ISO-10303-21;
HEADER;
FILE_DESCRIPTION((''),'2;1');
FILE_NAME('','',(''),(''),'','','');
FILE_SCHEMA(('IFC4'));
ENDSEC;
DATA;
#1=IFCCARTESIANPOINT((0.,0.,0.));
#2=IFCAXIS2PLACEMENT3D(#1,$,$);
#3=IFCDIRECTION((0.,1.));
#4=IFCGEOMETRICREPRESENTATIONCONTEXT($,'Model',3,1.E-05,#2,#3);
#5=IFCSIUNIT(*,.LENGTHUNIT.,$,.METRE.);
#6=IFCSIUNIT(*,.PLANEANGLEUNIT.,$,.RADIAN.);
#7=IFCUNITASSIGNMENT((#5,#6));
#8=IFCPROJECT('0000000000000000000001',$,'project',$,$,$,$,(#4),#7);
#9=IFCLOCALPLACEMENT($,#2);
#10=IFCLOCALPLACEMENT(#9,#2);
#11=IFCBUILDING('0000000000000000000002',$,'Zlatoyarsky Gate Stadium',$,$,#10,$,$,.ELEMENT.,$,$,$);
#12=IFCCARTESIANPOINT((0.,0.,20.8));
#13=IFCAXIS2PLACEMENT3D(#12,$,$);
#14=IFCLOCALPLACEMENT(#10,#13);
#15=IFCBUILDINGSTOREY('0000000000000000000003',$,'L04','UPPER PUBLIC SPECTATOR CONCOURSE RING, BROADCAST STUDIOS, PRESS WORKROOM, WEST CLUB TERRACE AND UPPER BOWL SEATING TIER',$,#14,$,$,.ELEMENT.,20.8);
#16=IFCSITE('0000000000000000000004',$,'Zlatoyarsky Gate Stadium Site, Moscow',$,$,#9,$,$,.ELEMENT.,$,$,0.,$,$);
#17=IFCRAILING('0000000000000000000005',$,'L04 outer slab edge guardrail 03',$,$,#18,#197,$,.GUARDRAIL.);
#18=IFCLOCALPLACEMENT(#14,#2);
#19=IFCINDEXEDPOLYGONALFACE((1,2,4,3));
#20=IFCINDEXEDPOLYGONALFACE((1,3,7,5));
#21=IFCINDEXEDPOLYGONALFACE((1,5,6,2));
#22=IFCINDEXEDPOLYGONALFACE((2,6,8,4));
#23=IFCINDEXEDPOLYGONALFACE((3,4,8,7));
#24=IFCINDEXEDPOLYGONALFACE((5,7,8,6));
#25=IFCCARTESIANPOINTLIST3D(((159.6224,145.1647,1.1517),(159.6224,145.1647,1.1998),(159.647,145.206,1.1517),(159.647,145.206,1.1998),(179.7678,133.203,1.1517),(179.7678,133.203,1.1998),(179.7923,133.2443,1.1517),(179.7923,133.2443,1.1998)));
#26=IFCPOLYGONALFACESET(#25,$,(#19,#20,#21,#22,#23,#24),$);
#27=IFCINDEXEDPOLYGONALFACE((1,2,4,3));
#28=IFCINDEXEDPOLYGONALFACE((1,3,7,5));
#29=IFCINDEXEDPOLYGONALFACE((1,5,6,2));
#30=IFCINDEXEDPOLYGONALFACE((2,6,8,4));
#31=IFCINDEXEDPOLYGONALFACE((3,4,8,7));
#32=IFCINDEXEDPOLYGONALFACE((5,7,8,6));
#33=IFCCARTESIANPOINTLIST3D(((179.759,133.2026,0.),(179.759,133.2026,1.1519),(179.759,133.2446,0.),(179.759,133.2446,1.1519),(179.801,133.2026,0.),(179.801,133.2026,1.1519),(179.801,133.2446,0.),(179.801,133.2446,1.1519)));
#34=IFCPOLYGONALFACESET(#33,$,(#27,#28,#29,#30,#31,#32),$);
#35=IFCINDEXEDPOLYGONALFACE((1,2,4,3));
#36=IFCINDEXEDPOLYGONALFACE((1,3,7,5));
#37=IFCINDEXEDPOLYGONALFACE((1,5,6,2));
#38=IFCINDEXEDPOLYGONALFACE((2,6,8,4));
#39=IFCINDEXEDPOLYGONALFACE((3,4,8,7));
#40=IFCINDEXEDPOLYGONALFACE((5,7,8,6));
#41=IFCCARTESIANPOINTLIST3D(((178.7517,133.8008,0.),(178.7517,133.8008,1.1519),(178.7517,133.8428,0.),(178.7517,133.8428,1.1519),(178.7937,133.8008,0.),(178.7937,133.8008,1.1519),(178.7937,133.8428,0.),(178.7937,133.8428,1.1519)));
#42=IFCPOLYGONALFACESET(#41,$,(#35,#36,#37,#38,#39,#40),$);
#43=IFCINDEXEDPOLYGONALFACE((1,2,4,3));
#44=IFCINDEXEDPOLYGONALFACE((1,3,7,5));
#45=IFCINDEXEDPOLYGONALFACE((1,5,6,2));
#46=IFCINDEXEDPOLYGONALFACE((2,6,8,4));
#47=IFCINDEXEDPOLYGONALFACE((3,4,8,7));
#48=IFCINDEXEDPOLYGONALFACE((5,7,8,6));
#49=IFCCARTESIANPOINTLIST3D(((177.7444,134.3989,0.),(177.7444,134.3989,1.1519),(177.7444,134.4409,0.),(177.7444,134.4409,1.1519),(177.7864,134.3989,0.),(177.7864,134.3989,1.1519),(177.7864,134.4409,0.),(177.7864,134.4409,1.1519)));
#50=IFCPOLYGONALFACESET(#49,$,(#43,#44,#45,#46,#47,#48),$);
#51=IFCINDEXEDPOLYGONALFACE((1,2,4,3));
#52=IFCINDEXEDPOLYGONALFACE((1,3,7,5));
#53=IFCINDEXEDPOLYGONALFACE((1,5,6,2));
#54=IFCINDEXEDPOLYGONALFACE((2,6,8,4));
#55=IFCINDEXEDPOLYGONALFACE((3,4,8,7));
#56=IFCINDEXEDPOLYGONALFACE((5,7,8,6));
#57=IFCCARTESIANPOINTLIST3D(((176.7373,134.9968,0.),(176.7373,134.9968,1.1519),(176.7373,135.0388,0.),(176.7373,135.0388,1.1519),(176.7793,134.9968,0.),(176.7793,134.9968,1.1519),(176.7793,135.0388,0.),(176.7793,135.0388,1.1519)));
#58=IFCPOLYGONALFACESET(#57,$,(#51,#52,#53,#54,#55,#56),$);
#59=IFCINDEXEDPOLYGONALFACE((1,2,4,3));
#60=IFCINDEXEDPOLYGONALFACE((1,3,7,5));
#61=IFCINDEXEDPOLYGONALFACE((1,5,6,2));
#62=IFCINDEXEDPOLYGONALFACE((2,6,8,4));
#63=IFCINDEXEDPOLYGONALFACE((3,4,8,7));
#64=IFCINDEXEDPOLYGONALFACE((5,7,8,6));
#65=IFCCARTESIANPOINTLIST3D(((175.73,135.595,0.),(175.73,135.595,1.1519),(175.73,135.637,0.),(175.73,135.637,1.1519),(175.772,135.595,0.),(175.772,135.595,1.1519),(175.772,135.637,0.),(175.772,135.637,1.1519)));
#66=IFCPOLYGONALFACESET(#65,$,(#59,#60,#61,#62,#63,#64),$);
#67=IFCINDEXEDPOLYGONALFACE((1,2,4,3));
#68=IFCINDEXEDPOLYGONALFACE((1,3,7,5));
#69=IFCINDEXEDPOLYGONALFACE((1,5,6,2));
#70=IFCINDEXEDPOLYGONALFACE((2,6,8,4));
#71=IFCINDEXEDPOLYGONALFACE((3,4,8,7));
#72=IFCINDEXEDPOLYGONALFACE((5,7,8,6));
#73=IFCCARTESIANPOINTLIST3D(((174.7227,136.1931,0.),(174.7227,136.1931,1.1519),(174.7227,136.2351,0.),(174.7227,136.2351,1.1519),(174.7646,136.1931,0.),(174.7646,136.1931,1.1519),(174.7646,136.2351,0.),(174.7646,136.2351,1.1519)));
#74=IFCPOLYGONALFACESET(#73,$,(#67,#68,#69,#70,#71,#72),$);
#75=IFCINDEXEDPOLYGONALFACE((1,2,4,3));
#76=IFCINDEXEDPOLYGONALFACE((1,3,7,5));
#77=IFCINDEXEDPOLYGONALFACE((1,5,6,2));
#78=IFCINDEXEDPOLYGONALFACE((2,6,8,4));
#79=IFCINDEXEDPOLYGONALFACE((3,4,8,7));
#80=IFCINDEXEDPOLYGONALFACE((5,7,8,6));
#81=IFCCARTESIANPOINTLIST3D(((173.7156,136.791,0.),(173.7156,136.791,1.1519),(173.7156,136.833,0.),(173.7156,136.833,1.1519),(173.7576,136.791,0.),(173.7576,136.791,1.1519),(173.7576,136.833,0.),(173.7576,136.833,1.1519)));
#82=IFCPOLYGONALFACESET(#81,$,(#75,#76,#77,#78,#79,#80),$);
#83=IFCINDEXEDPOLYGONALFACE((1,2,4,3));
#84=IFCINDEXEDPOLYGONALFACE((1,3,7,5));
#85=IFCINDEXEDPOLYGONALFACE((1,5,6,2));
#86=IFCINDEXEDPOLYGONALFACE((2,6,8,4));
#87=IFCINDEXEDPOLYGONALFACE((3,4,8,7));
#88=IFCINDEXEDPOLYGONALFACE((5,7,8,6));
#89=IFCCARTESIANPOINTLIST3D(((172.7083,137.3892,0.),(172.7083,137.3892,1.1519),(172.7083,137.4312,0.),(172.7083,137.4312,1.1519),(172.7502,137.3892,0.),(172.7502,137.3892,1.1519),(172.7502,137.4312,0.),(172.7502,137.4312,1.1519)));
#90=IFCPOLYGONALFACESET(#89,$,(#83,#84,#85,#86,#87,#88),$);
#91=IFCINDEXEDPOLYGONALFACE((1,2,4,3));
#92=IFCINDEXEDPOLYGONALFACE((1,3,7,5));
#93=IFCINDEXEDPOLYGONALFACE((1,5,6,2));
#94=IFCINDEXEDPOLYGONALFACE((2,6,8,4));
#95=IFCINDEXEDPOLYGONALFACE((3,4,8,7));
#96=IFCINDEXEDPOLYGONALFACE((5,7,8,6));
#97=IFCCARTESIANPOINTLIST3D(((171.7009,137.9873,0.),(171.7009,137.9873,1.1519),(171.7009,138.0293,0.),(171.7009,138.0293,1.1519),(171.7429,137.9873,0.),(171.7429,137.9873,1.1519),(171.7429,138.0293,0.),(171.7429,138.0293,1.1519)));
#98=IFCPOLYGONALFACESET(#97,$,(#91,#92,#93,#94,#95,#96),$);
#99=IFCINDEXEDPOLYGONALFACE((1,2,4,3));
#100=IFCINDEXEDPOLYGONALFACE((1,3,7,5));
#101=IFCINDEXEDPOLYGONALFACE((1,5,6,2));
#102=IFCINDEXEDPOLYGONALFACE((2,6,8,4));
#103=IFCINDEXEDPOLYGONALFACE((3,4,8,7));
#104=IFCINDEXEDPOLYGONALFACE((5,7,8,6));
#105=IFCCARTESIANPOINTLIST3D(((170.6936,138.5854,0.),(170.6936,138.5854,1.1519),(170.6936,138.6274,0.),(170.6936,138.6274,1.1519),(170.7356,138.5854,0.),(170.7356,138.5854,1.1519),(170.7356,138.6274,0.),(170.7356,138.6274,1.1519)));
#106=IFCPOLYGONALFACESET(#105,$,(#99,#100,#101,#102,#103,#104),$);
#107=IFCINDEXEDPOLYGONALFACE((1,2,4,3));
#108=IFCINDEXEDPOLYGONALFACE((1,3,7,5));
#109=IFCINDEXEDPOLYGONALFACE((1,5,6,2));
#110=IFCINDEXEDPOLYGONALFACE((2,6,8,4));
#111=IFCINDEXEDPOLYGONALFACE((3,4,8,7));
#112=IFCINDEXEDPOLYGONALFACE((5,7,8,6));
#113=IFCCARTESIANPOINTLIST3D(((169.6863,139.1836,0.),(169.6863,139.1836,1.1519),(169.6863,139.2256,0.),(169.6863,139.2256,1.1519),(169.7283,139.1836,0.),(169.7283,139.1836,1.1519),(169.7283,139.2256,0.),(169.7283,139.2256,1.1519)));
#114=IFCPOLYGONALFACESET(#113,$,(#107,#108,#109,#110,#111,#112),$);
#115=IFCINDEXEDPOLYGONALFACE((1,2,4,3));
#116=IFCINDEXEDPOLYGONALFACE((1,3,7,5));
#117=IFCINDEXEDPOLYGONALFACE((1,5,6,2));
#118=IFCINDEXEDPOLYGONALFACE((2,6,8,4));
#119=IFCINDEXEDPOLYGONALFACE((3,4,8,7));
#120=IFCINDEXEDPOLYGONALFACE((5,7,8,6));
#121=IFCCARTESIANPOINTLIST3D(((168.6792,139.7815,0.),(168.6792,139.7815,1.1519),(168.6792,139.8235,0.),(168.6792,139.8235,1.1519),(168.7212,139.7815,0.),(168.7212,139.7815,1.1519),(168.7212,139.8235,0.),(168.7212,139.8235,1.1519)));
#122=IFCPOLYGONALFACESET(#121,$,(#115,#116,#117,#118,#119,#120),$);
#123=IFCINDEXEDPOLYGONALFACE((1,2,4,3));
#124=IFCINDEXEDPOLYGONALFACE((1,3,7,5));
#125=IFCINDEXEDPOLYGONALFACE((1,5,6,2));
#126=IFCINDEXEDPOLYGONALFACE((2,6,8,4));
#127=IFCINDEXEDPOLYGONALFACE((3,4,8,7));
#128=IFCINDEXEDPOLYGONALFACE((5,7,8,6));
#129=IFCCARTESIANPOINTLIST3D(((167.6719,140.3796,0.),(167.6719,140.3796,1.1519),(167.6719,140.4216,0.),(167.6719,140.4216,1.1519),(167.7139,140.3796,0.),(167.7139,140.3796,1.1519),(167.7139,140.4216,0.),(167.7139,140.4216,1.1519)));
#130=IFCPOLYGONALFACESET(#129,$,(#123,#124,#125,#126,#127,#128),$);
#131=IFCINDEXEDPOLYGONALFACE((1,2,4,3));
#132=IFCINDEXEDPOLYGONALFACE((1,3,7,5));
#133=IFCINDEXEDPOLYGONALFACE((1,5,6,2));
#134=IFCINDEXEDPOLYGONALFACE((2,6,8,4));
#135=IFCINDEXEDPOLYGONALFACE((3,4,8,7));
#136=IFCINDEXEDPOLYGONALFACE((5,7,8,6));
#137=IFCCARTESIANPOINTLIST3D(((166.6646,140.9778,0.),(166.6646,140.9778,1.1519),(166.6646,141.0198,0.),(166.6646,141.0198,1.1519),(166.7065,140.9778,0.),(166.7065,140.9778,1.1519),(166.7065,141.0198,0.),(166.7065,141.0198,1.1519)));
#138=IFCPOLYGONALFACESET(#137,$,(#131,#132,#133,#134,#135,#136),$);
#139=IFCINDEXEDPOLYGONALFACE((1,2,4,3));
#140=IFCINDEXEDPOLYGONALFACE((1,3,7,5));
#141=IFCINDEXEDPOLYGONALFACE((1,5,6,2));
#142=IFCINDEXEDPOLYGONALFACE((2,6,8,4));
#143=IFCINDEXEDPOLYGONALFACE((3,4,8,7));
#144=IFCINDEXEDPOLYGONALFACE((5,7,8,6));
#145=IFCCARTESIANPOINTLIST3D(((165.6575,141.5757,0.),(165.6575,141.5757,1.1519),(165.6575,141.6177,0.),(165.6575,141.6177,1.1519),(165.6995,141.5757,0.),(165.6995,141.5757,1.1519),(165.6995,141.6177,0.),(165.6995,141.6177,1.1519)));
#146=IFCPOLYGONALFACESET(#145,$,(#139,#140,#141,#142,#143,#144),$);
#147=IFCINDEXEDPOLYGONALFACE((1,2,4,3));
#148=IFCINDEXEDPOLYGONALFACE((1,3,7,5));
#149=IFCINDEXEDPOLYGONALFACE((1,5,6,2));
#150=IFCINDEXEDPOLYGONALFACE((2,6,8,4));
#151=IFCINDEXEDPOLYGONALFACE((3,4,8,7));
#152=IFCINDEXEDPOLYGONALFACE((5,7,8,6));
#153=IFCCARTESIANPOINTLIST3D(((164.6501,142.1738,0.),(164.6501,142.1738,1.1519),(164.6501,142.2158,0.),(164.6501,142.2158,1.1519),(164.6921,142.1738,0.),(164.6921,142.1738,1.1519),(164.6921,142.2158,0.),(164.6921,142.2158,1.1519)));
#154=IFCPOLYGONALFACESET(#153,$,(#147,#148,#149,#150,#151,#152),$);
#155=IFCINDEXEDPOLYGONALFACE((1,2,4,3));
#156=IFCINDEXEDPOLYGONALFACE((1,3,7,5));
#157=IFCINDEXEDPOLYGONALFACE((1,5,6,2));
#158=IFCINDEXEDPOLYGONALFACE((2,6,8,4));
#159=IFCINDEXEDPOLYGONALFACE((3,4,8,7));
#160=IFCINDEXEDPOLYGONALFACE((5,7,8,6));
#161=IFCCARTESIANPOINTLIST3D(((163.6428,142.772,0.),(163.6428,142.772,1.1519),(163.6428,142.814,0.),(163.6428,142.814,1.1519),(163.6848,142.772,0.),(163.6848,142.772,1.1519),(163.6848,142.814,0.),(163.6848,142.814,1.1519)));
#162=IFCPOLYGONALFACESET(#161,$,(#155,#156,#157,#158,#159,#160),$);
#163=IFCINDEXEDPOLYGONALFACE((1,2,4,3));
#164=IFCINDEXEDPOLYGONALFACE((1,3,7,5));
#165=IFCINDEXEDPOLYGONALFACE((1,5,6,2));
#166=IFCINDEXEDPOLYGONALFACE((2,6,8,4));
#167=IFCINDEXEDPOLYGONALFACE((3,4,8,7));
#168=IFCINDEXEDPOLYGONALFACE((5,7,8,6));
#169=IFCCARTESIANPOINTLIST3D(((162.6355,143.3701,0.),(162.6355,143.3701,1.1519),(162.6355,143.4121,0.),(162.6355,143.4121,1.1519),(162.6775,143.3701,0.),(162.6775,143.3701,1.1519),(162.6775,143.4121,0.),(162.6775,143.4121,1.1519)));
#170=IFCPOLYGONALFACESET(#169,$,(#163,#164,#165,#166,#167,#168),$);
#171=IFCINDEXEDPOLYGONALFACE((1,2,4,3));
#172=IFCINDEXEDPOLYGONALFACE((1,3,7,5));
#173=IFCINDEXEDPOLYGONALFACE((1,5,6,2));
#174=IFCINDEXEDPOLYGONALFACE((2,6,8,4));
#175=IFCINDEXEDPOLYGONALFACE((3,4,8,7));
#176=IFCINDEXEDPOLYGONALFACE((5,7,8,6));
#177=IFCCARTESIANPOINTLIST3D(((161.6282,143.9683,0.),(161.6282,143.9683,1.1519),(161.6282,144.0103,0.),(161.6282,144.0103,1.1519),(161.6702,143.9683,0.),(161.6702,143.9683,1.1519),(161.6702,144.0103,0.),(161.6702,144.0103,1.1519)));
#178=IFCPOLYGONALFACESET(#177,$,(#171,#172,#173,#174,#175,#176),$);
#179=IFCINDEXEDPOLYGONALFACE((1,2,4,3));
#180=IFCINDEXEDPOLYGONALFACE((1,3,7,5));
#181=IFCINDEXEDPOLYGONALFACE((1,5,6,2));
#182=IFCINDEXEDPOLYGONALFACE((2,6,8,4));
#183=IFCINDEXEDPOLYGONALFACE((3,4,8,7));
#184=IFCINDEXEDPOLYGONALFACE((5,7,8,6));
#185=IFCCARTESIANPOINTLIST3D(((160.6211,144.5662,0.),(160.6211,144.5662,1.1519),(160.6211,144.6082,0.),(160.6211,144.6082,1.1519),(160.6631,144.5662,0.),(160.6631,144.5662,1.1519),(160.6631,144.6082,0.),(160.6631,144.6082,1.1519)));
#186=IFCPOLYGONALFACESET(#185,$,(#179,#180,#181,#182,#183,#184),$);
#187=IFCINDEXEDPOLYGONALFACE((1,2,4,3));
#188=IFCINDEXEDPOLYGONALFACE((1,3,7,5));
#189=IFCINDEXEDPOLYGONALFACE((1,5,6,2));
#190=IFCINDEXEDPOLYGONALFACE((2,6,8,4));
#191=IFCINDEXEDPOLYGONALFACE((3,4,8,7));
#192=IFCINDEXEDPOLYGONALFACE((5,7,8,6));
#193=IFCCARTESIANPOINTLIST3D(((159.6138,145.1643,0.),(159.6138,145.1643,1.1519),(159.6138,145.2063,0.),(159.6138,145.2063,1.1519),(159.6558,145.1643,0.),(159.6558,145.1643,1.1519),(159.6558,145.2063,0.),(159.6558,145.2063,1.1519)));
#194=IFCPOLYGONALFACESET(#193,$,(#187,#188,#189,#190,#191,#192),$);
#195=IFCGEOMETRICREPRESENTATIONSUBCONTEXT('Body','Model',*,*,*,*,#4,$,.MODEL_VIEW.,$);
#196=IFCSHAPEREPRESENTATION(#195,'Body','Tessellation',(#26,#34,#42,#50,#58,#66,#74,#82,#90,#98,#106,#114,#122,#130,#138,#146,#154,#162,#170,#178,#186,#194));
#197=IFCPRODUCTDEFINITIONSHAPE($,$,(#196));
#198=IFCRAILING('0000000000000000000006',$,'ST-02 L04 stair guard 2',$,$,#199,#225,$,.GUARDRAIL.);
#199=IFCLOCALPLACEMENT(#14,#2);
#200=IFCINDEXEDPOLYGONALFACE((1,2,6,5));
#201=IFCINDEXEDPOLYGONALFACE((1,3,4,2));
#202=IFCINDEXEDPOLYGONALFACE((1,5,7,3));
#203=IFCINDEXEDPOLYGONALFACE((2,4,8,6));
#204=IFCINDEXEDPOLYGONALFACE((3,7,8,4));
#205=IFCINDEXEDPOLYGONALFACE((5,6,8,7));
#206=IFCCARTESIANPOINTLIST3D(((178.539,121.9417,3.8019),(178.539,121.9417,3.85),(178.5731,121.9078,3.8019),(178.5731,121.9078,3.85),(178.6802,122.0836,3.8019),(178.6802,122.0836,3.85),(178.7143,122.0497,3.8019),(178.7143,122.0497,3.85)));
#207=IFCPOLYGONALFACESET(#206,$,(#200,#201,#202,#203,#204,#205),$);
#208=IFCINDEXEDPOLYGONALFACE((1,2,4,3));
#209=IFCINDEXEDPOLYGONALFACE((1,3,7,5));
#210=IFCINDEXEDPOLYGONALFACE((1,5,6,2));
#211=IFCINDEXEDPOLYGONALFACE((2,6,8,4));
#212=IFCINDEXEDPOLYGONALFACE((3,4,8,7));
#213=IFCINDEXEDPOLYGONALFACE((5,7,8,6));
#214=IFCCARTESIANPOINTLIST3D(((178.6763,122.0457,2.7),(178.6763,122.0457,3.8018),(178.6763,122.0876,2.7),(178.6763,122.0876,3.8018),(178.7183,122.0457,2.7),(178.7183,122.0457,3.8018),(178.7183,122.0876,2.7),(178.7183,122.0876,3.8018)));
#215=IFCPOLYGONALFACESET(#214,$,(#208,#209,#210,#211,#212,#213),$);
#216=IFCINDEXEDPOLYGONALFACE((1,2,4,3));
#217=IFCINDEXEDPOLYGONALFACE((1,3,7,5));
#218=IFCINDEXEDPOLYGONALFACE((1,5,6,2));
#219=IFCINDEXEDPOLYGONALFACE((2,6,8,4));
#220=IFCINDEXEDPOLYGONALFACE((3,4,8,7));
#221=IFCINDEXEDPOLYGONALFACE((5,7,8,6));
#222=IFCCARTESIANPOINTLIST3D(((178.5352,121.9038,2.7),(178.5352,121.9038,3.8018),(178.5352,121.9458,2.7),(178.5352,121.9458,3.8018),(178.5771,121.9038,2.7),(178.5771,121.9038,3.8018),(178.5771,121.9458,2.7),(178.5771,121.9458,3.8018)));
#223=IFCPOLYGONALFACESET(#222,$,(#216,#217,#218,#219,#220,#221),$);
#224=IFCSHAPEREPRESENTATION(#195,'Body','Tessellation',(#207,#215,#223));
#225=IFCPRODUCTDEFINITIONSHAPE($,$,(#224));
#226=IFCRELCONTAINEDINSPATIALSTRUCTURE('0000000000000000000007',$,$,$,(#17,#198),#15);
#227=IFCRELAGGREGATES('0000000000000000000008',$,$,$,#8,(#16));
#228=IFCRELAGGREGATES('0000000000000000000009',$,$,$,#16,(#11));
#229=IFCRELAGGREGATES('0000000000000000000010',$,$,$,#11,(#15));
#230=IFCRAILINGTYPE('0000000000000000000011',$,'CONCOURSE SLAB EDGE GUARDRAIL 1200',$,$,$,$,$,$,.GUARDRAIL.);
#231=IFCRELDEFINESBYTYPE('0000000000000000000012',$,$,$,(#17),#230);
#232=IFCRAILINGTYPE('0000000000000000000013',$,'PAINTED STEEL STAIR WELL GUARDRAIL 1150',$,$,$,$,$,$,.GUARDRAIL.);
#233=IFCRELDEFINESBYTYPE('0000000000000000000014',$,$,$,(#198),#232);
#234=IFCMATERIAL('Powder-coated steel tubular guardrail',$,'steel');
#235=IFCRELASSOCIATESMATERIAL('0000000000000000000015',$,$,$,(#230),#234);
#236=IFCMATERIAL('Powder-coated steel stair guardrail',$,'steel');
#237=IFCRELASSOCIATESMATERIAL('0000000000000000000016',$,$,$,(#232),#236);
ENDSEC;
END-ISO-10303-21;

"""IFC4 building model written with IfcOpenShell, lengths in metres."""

from ifc_helpers import new_model, si_unit, direction, frame, origin, origin_2d, place, context, subcontext, project, spatial, rectangle, extrude, material, type_object, element, save


model = new_model("IFC4")

# Units and contexts
model_context = context("Model", 3, precision=1e-05, world=origin(), true_north=direction((0.0, 1.0)))
body_context = subcontext(model_context, "Body", "Model", "MODEL_VIEW")
ifc_project = project(units=[si_unit("LENGTHUNIT", "METRE"), si_unit("PLANEANGLEUNIT", "RADIAN")], contexts=[model_context])

# Site, building, storey
site_placement = place(None, origin())
site = spatial("IfcSite", under=ifc_project, at=site_placement, Name="Zlatoyarsky Gate Stadium Site, Moscow", CompositionType="ELEMENT", RefElevation=0.0)
building_placement = place(site_placement, origin())
building = spatial("IfcBuilding", under=site, at=building_placement, Name="Zlatoyarsky Gate Stadium", CompositionType="ELEMENT")
storey_placement = place(building_placement, frame((0.0, 0.0, 20.8)))
storey = spatial("IfcBuildingStorey", under=building, at=storey_placement, Name="L04", Description="UPPER PUBLIC SPECTATOR CONCOURSE RING, BROADCAST STUDIOS, PRESS WORKROOM, WEST CLUB TERRACE AND UPPER BOWL SEATING TIER", CompositionType="ELEMENT", Elevation=20.8)

# Railings
ifc_material_1 = material(Name="Powder-coated steel tubular guardrail", Category="steel")
railing_type_1 = type_object("IfcRailingType", Name="CONCOURSE SLAB EDGE GUARDRAIL 1200", PredefinedType="GUARDRAIL", material=ifc_material_1)
railing_1_placement = place(storey_placement, frame((179.78, 133.2236, 0.0)))
element("IfcRailing", 1, at=railing_1_placement, inside=storey, type_object=railing_type_1, Name="L04 outer slab edge guardrail 03", PredefinedType="GUARDRAIL", context=body_context, shape_type="SweptSolid", body=[
    extrude(rectangle(XDim=0.0481, YDim=0.0481, at=origin_2d()), frame((0.0, 0.0, 1.1758), z_axis=(-0.859847, 0.510552, 0.0), x_axis=(-0.510552, -0.859847, 0.0)), (0.0, 0.0, 1.0), 23.429),
    extrude(rectangle(XDim=0.042, YDim=0.042, at=origin_2d()), origin(), (0.0, 0.0, 1.0), 1.1519),
    extrude(rectangle(XDim=0.042, YDim=0.042, at=origin_2d()), frame((-1.0073, 0.5981, 0.0)), (0.0, 0.0, 1.0), 1.1519),
    extrude(rectangle(XDim=0.042, YDim=0.042, at=origin_2d()), frame((-2.0146, 1.1963, 0.0)), (0.0, 0.0, 1.0), 1.1519),
    extrude(rectangle(XDim=0.042, YDim=0.042, at=origin_2d()), frame((-3.0217, 1.7942, 0.0)), (0.0, 0.0, 1.0), 1.1519),
    extrude(rectangle(XDim=0.042, YDim=0.042, at=origin_2d()), frame((-4.0291, 2.3923, 0.0)), (0.0, 0.0, 1.0), 1.1519),
    extrude(rectangle(XDim=0.042, YDim=0.042, at=origin_2d()), frame((-5.0364, 2.9905, 0.0)), (0.0, 0.0, 1.0), 1.1519),
    extrude(rectangle(XDim=0.042, YDim=0.042, at=origin_2d()), frame((-6.0435, 3.5884, 0.0)), (0.0, 0.0, 1.0), 1.1519),
    extrude(rectangle(XDim=0.042, YDim=0.042, at=origin_2d()), frame((-7.0508, 4.1865, 0.0)), (0.0, 0.0, 1.0), 1.1519),
    extrude(rectangle(XDim=0.042, YDim=0.042, at=origin_2d()), frame((-8.0581, 4.7847, 0.0)), (0.0, 0.0, 1.0), 1.1519),
    extrude(rectangle(XDim=0.042, YDim=0.042, at=origin_2d()), frame((-9.0654, 5.3828, 0.0)), (0.0, 0.0, 1.0), 1.1519),
    extrude(rectangle(XDim=0.042, YDim=0.042, at=origin_2d()), frame((-10.0728, 5.981, 0.0)), (0.0, 0.0, 1.0), 1.1519),
    extrude(rectangle(XDim=0.042, YDim=0.042, at=origin_2d()), frame((-11.0798, 6.5789, 0.0)), (0.0, 0.0, 1.0), 1.1519),
    extrude(rectangle(XDim=0.042, YDim=0.042, at=origin_2d()), frame((-12.0872, 7.177, 0.0)), (0.0, 0.0, 1.0), 1.1519),
    extrude(rectangle(XDim=0.042, YDim=0.042, at=origin_2d()), frame((-13.0945, 7.7751, 0.0)), (0.0, 0.0, 1.0), 1.1519),
    extrude(rectangle(XDim=0.042, YDim=0.042, at=origin_2d()), frame((-14.1016, 8.373, 0.0)), (0.0, 0.0, 1.0), 1.1519),
    extrude(rectangle(XDim=0.042, YDim=0.042, at=origin_2d()), frame((-15.1089, 8.9712, 0.0)), (0.0, 0.0, 1.0), 1.1519),
    extrude(rectangle(XDim=0.042, YDim=0.042, at=origin_2d()), frame((-16.1162, 9.5693, 0.0)), (0.0, 0.0, 1.0), 1.1519),
    extrude(rectangle(XDim=0.042, YDim=0.042, at=origin_2d()), frame((-17.1235, 10.1675, 0.0)), (0.0, 0.0, 1.0), 1.1519),
    extrude(rectangle(XDim=0.042, YDim=0.042, at=origin_2d()), frame((-18.1309, 10.7656, 0.0)), (0.0, 0.0, 1.0), 1.1519),
    extrude(rectangle(XDim=0.042, YDim=0.042, at=origin_2d()), frame((-19.1379, 11.3635, 0.0)), (0.0, 0.0, 1.0), 1.1519),
    extrude(rectangle(XDim=0.042, YDim=0.042, at=origin_2d()), frame((-20.1453, 11.9617, 0.0)), (0.0, 0.0, 1.0), 1.1519),
])
ifc_material_2 = material(Name="Powder-coated steel stair guardrail", Category="steel")
railing_type_2 = type_object("IfcRailingType", Name="PAINTED STEEL STAIR WELL GUARDRAIL 1150", PredefinedType="GUARDRAIL", material=ifc_material_2)
railing_2_placement = place(storey_placement, frame((178.6973, 122.0667, 2.7)))
element("IfcRailing", 2, at=railing_2_placement, inside=storey, type_object=railing_type_2, Name="ST-02 L04 stair guard 2", PredefinedType="GUARDRAIL", context=body_context, shape_type="SweptSolid", body=[
    extrude(rectangle(XDim=0.0481, YDim=0.0481, at=origin_2d()), frame((0.0, 0.0, 1.126), z_axis=(-0.705274, -0.708935, 0.0), x_axis=(0.708935, -0.705274, 0.0)), (0.0, 0.0, 1.0), 0.2002),
    extrude(rectangle(XDim=0.042, YDim=0.042, at=origin_2d()), origin(), (0.0, 0.0, 1.0), 1.1018),
    extrude(rectangle(XDim=0.042, YDim=0.042, at=origin_2d()), frame((-0.1411, -0.1418, 0.0)), (0.0, 0.0, 1.0), 1.1018),
])

save(model, "model.ifc")
